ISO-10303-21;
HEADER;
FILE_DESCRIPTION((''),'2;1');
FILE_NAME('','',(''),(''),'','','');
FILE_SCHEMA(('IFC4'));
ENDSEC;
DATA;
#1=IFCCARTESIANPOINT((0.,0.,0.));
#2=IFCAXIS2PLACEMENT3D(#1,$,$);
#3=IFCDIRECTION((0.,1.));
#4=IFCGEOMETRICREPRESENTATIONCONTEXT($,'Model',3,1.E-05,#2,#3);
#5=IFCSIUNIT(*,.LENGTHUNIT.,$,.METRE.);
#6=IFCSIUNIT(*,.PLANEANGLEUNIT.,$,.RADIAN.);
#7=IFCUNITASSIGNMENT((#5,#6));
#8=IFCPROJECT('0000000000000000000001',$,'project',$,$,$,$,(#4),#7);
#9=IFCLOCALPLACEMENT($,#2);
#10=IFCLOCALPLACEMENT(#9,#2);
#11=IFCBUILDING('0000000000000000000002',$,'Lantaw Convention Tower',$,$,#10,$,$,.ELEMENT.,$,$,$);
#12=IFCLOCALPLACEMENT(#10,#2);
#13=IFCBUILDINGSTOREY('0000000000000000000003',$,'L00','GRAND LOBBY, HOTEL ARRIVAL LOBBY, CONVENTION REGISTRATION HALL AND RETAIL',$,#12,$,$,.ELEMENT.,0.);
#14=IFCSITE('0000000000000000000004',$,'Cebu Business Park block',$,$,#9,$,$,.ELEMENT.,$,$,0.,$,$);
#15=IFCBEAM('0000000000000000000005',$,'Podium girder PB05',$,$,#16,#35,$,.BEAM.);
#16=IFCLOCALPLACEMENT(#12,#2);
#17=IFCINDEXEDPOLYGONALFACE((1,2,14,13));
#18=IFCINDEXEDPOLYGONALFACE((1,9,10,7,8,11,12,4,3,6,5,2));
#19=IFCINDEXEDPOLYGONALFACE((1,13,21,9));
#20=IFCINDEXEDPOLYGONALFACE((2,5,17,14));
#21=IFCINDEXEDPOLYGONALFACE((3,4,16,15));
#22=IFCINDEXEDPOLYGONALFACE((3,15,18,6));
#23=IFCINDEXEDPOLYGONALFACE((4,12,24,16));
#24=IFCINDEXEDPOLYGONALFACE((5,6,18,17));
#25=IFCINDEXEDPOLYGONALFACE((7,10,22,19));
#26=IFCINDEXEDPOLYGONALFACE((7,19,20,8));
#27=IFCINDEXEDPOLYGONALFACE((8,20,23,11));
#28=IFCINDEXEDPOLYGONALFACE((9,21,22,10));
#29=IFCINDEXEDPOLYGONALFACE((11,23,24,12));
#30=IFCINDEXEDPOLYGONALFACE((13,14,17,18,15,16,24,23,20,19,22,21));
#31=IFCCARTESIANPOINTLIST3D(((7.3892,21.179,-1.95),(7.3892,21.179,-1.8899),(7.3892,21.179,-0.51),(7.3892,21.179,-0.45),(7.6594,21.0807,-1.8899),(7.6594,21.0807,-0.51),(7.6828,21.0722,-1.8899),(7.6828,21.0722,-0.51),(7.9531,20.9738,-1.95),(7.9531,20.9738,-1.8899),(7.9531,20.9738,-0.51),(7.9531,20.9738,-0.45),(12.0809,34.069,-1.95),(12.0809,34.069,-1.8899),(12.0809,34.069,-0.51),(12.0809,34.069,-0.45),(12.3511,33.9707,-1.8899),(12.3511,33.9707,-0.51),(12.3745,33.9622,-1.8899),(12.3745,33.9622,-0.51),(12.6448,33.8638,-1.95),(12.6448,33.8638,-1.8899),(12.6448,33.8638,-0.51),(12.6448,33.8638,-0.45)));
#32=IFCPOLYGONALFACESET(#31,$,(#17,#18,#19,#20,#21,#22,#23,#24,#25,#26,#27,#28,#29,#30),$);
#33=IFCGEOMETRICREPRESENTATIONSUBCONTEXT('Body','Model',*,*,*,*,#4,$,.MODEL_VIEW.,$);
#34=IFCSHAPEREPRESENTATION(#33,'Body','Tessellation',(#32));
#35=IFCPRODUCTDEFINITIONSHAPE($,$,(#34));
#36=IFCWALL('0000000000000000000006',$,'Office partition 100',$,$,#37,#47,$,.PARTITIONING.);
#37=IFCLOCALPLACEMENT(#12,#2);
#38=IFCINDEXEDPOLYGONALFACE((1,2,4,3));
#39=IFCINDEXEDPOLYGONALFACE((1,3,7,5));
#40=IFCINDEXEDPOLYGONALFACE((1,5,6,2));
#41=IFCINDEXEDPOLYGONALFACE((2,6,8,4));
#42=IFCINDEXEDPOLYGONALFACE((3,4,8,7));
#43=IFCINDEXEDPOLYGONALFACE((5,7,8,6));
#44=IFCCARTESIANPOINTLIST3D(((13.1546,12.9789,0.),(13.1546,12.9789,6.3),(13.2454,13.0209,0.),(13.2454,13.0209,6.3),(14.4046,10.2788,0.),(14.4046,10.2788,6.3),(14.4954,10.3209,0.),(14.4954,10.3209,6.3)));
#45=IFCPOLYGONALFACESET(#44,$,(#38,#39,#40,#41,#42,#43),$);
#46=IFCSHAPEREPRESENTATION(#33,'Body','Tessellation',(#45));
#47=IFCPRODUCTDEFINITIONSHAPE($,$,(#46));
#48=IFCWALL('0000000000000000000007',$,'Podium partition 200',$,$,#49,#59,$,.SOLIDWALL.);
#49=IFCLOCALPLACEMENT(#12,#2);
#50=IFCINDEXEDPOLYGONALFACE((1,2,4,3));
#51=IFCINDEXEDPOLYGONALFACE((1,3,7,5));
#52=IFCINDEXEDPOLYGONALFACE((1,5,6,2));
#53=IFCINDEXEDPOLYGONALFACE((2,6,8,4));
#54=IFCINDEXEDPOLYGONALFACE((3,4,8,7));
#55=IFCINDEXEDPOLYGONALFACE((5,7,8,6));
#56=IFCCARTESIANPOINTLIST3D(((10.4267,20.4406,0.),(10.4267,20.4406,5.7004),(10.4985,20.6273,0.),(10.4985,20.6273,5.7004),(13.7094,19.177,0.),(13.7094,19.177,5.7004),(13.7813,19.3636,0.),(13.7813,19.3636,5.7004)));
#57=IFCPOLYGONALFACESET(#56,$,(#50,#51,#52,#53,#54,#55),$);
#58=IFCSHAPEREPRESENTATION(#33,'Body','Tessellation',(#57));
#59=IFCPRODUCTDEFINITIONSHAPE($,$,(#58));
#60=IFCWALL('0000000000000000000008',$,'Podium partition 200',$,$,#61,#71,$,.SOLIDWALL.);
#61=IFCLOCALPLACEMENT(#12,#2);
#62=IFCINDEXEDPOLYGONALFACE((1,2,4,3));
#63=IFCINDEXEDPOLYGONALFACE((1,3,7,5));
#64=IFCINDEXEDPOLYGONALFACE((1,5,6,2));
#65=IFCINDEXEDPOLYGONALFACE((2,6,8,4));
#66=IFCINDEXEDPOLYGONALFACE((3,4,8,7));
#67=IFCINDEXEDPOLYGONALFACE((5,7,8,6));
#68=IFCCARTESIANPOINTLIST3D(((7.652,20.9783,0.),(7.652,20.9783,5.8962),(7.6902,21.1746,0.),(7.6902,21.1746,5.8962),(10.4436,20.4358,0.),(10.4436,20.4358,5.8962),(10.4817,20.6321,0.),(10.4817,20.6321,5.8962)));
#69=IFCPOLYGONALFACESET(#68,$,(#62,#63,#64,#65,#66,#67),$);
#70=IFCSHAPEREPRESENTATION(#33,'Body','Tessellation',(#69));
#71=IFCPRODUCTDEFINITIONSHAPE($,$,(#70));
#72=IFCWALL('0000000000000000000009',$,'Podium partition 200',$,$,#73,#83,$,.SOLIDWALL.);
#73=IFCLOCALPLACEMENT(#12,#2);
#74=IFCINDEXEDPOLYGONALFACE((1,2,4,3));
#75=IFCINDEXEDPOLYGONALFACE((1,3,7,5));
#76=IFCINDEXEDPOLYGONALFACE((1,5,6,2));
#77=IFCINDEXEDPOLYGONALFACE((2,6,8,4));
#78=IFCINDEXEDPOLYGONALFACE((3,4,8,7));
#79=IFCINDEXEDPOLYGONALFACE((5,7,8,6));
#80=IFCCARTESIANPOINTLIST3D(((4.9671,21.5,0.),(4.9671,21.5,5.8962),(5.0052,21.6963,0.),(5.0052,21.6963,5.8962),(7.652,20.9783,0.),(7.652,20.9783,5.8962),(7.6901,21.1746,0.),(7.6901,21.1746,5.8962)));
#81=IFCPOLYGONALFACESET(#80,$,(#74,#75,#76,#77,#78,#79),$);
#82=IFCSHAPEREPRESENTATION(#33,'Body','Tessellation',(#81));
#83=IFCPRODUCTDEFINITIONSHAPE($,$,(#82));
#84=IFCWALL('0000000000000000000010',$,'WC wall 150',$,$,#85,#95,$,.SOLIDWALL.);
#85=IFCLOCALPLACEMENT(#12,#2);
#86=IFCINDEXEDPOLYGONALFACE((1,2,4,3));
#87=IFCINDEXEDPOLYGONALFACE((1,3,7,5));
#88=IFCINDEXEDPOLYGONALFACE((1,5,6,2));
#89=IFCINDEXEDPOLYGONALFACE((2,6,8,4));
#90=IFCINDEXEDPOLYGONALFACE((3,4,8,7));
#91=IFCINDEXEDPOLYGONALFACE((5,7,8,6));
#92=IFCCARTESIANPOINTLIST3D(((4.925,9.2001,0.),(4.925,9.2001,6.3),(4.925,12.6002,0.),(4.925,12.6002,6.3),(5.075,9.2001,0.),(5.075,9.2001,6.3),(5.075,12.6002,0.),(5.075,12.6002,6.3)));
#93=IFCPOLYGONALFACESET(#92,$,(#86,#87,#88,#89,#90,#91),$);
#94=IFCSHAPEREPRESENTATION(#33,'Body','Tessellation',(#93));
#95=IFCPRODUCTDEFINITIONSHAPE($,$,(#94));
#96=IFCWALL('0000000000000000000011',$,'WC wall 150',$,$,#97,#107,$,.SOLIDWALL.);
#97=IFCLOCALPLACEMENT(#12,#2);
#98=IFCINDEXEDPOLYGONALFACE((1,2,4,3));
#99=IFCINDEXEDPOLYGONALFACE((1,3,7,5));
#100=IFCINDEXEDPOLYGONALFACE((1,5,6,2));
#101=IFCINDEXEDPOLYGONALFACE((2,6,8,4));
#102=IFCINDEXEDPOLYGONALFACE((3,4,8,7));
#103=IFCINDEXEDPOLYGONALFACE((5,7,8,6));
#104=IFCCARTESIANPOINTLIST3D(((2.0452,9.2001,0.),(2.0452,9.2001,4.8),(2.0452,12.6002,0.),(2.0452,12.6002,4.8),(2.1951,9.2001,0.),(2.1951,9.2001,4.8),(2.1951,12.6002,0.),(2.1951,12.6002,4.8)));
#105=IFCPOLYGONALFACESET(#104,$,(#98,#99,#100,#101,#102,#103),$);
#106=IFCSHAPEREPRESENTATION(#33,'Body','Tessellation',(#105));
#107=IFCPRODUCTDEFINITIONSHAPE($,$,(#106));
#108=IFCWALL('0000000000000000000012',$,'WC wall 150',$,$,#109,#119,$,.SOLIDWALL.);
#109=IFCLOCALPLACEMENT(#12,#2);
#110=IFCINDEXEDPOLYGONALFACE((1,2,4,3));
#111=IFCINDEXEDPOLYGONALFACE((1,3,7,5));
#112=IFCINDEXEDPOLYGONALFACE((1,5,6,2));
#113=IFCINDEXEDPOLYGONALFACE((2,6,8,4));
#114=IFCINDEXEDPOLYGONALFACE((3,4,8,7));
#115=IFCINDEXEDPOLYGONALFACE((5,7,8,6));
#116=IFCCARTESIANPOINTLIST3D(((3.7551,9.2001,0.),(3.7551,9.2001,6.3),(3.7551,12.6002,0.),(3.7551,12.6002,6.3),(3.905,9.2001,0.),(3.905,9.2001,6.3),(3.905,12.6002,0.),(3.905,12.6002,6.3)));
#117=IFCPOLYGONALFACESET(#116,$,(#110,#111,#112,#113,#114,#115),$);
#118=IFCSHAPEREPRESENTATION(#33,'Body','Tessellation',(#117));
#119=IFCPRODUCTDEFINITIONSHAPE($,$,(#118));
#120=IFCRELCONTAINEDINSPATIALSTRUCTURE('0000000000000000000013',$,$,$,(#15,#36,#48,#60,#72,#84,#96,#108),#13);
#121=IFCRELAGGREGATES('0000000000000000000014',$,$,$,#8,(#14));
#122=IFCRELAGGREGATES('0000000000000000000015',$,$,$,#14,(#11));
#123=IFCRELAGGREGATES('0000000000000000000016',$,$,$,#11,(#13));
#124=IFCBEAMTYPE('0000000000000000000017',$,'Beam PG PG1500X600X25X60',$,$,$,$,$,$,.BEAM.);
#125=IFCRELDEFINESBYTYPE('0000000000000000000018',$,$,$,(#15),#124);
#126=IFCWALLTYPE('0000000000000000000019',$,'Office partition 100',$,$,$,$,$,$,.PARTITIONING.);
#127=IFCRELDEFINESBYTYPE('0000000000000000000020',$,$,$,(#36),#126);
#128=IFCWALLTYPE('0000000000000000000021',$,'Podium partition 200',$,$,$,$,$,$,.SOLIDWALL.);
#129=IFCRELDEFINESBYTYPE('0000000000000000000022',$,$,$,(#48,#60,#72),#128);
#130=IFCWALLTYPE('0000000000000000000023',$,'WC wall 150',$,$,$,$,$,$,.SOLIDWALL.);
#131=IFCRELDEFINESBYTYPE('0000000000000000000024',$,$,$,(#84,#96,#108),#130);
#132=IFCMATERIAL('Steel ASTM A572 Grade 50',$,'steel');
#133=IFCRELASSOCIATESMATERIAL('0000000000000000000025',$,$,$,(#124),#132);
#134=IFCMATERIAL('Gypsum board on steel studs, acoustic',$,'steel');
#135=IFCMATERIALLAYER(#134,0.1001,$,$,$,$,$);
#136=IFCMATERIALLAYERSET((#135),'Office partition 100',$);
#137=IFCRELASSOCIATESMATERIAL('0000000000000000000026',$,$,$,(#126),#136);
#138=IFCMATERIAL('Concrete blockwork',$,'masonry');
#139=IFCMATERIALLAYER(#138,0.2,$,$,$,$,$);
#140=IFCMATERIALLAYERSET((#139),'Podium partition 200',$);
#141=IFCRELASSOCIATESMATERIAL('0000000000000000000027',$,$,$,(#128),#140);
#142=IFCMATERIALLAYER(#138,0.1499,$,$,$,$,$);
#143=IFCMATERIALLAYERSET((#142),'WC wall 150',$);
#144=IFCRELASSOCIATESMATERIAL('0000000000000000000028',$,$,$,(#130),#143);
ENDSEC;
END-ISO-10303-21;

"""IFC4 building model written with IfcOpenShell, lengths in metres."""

from ifc_helpers import new_model, si_unit, direction, frame, frame_2d, origin, origin_2d, place, context, subcontext, project, spatial, rectangle, i_section, extrude, material, layer, layer_set, material_profile, profile_set, type_object, element, save


model = new_model("IFC4")

# Units and contexts
model_context = context("Model", 3, precision=1e-05, world=origin(), true_north=direction((0.0, 1.0)))
body_context = subcontext(model_context, "Body", "Model", "MODEL_VIEW")
ifc_project = project(units=[si_unit("LENGTHUNIT", "METRE"), si_unit("PLANEANGLEUNIT", "RADIAN")], contexts=[model_context])

# Site, building, storey
site_placement = place(None, origin())
site = spatial("IfcSite", under=ifc_project, at=site_placement, Name="Cebu Business Park block", CompositionType="ELEMENT", RefElevation=0.0)
building_placement = place(site_placement, origin())
building = spatial("IfcBuilding", under=site, at=building_placement, Name="Lantaw Convention Tower", CompositionType="ELEMENT")
storey_placement = place(building_placement, origin())
storey = spatial("IfcBuildingStorey", under=building, at=storey_placement, Name="L00", Description="GRAND LOBBY, HOTEL ARRIVAL LOBBY, CONVENTION REGISTRATION HALL AND RETAIL", CompositionType="ELEMENT", Elevation=0.0)

# Shared definitions
ifc_material_1 = material(Name="Steel ASTM A572 Grade 50", Category="steel")

# Beam
ifc_material_profile_1 = material_profile(ifc_material_1, i_section(OverallWidth=0.6001, OverallDepth=1.5, WebThickness=0.0249, FlangeThickness=0.0601, at=origin_2d()), Name="PG1500X600X25X60")
ifc_profile_set_1 = profile_set([ifc_material_profile_1], Name="Steel ASTM A572 Grade 50")
beam_type_1 = type_object("IfcBeamType", Name="Beam PG PG1500X600X25X60", PredefinedType="BEAM", material=ifc_profile_set_1)
beam_1_placement = place(storey_placement, frame((7.6711, 21.0764, -1.2), z_axis=(0.342027, 0.93969, 0.0), x_axis=(-0.93969, 0.342027, 0.0)))
element("IfcBeam", 1, at=beam_1_placement, inside=storey, type_object=beam_type_1, Name="Podium girder PB05", PredefinedType="BEAM", context=body_context, shape_type="SweptSolid", body=[
    extrude(i_section(OverallWidth=0.6001, OverallDepth=1.5, WebThickness=0.0249, FlangeThickness=0.0601, at=origin_2d()), origin(), (0.0, 0.0, 1.0), 13.7173),
])

# Walls
ifc_material_2 = material(Name="Gypsum board on steel studs, acoustic", Category="steel")
ifc_layer_1 = layer(ifc_material_2, 0.1001)
ifc_layer_set_1 = layer_set([ifc_layer_1], Name="Office partition 100")
wall_type_1 = type_object("IfcWallType", Name="Office partition 100", PredefinedType="PARTITIONING", material=ifc_layer_set_1)
wall_1_placement = place(storey_placement, frame((13.2, 13.0, 0.0), z_axis=(0.0, 0.0, 1.0), x_axis=(0.42013, -0.907464, 0.0)))
element("IfcWall", 2, at=wall_1_placement, inside=storey, type_object=wall_type_1, Name="Office partition 100", PredefinedType="PARTITIONING", context=body_context, shape_type="SweptSolid", body=[
    extrude(rectangle(XDim=2.9753, YDim=0.1001, at=frame_2d((1.4878, 0.0))), origin(), (0.0, 0.0, 1.0), 6.3),
])
ifc_material_3 = material(Name="Concrete blockwork", Category="masonry")
ifc_layer_2 = layer(ifc_material_3, 0.2)
ifc_layer_set_2 = layer_set([ifc_layer_2], Name="Podium partition 200")
wall_type_2 = type_object("IfcWallType", Name="Podium partition 200", PredefinedType="SOLIDWALL", material=ifc_layer_set_2)
wall_2_placement = place(storey_placement, frame((13.7454, 19.2703, 0.0), z_axis=(0.0, 0.0, 1.0), x_axis=(-0.933242, 0.359249, 0.0)))
element("IfcWall", 3, at=wall_2_placement, inside=storey, type_object=wall_type_2, Name="Podium partition 200", PredefinedType="SOLIDWALL", context=body_context, shape_type="SweptSolid", body=[
    extrude(rectangle(XDim=3.5176, YDim=0.2, at=frame_2d((1.7588, 0.0))), origin(), (0.0, 0.0, 1.0), 5.7004),
])
wall_3_placement = place(storey_placement, frame((10.4626, 20.5339, 0.0), z_axis=(0.0, 0.0, 1.0), x_axis=(-0.981636, 0.190764, 0.0)))
element("IfcWall", 4, at=wall_3_placement, inside=storey, type_object=wall_type_2, Name="Podium partition 200", PredefinedType="SOLIDWALL", context=body_context, shape_type="SweptSolid", body=[
    extrude(rectangle(XDim=2.8438, YDim=0.2, at=frame_2d((1.4219, 0.0))), origin(), (0.0, 0.0, 1.0), 5.8962),
])
wall_4_placement = place(storey_placement, frame((7.6711, 21.0764, 0.0), z_axis=(0.0, 0.0, 1.0), x_axis=(-0.981637, 0.190757, 0.0)))
element("IfcWall", 5, at=wall_4_placement, inside=storey, type_object=wall_type_2, Name="Podium partition 200", PredefinedType="SOLIDWALL", context=body_context, shape_type="SweptSolid", body=[
    extrude(rectangle(XDim=2.7351, YDim=0.2, at=frame_2d((1.3677, 0.0))), origin(), (0.0, 0.0, 1.0), 5.8962),
])
ifc_layer_3 = layer(ifc_material_3, 0.1499)
ifc_layer_set_3 = layer_set([ifc_layer_3], Name="WC wall 150")
wall_type_3 = type_object("IfcWallType", Name="WC wall 150", PredefinedType="SOLIDWALL", material=ifc_layer_set_3)
wall_5_placement = place(storey_placement, frame((5.0, 9.2, 0.0), z_axis=(0.0, 0.0, 1.0), x_axis=(0.0, 1.0, 0.0)))
element("IfcWall", 6, at=wall_5_placement, inside=storey, type_object=wall_type_3, Name="WC wall 150", PredefinedType="SOLIDWALL", context=body_context, shape_type="SweptSolid", body=[
    extrude(rectangle(XDim=3.4001, YDim=0.1499, at=frame_2d((1.7002, 0.0))), origin(), (0.0, 0.0, 1.0), 6.3),
])
wall_6_placement = place(storey_placement, frame((2.1201, 9.2, 0.0), z_axis=(0.0, 0.0, 1.0), x_axis=(0.0, 1.0, 0.0)))
element("IfcWall", 7, at=wall_6_placement, inside=storey, type_object=wall_type_3, Name="WC wall 150", PredefinedType="SOLIDWALL", context=body_context, shape_type="SweptSolid", body=[
    extrude(rectangle(XDim=3.4001, YDim=0.1499, at=frame_2d((1.7002, 0.0))), origin(), (0.0, 0.0, 1.0), 4.8),
])
wall_7_placement = place(storey_placement, frame((3.8301, 9.2, 0.0), z_axis=(0.0, 0.0, 1.0), x_axis=(0.0, 1.0, 0.0)))
element("IfcWall", 8, at=wall_7_placement, inside=storey, type_object=wall_type_3, Name="WC wall 150", PredefinedType="SOLIDWALL", context=body_context, shape_type="SweptSolid", body=[
    extrude(rectangle(XDim=3.4001, YDim=0.1499, at=frame_2d((1.7002, 0.0))), origin(), (0.0, 0.0, 1.0), 6.3),
])

save(model, "model.ifc")
